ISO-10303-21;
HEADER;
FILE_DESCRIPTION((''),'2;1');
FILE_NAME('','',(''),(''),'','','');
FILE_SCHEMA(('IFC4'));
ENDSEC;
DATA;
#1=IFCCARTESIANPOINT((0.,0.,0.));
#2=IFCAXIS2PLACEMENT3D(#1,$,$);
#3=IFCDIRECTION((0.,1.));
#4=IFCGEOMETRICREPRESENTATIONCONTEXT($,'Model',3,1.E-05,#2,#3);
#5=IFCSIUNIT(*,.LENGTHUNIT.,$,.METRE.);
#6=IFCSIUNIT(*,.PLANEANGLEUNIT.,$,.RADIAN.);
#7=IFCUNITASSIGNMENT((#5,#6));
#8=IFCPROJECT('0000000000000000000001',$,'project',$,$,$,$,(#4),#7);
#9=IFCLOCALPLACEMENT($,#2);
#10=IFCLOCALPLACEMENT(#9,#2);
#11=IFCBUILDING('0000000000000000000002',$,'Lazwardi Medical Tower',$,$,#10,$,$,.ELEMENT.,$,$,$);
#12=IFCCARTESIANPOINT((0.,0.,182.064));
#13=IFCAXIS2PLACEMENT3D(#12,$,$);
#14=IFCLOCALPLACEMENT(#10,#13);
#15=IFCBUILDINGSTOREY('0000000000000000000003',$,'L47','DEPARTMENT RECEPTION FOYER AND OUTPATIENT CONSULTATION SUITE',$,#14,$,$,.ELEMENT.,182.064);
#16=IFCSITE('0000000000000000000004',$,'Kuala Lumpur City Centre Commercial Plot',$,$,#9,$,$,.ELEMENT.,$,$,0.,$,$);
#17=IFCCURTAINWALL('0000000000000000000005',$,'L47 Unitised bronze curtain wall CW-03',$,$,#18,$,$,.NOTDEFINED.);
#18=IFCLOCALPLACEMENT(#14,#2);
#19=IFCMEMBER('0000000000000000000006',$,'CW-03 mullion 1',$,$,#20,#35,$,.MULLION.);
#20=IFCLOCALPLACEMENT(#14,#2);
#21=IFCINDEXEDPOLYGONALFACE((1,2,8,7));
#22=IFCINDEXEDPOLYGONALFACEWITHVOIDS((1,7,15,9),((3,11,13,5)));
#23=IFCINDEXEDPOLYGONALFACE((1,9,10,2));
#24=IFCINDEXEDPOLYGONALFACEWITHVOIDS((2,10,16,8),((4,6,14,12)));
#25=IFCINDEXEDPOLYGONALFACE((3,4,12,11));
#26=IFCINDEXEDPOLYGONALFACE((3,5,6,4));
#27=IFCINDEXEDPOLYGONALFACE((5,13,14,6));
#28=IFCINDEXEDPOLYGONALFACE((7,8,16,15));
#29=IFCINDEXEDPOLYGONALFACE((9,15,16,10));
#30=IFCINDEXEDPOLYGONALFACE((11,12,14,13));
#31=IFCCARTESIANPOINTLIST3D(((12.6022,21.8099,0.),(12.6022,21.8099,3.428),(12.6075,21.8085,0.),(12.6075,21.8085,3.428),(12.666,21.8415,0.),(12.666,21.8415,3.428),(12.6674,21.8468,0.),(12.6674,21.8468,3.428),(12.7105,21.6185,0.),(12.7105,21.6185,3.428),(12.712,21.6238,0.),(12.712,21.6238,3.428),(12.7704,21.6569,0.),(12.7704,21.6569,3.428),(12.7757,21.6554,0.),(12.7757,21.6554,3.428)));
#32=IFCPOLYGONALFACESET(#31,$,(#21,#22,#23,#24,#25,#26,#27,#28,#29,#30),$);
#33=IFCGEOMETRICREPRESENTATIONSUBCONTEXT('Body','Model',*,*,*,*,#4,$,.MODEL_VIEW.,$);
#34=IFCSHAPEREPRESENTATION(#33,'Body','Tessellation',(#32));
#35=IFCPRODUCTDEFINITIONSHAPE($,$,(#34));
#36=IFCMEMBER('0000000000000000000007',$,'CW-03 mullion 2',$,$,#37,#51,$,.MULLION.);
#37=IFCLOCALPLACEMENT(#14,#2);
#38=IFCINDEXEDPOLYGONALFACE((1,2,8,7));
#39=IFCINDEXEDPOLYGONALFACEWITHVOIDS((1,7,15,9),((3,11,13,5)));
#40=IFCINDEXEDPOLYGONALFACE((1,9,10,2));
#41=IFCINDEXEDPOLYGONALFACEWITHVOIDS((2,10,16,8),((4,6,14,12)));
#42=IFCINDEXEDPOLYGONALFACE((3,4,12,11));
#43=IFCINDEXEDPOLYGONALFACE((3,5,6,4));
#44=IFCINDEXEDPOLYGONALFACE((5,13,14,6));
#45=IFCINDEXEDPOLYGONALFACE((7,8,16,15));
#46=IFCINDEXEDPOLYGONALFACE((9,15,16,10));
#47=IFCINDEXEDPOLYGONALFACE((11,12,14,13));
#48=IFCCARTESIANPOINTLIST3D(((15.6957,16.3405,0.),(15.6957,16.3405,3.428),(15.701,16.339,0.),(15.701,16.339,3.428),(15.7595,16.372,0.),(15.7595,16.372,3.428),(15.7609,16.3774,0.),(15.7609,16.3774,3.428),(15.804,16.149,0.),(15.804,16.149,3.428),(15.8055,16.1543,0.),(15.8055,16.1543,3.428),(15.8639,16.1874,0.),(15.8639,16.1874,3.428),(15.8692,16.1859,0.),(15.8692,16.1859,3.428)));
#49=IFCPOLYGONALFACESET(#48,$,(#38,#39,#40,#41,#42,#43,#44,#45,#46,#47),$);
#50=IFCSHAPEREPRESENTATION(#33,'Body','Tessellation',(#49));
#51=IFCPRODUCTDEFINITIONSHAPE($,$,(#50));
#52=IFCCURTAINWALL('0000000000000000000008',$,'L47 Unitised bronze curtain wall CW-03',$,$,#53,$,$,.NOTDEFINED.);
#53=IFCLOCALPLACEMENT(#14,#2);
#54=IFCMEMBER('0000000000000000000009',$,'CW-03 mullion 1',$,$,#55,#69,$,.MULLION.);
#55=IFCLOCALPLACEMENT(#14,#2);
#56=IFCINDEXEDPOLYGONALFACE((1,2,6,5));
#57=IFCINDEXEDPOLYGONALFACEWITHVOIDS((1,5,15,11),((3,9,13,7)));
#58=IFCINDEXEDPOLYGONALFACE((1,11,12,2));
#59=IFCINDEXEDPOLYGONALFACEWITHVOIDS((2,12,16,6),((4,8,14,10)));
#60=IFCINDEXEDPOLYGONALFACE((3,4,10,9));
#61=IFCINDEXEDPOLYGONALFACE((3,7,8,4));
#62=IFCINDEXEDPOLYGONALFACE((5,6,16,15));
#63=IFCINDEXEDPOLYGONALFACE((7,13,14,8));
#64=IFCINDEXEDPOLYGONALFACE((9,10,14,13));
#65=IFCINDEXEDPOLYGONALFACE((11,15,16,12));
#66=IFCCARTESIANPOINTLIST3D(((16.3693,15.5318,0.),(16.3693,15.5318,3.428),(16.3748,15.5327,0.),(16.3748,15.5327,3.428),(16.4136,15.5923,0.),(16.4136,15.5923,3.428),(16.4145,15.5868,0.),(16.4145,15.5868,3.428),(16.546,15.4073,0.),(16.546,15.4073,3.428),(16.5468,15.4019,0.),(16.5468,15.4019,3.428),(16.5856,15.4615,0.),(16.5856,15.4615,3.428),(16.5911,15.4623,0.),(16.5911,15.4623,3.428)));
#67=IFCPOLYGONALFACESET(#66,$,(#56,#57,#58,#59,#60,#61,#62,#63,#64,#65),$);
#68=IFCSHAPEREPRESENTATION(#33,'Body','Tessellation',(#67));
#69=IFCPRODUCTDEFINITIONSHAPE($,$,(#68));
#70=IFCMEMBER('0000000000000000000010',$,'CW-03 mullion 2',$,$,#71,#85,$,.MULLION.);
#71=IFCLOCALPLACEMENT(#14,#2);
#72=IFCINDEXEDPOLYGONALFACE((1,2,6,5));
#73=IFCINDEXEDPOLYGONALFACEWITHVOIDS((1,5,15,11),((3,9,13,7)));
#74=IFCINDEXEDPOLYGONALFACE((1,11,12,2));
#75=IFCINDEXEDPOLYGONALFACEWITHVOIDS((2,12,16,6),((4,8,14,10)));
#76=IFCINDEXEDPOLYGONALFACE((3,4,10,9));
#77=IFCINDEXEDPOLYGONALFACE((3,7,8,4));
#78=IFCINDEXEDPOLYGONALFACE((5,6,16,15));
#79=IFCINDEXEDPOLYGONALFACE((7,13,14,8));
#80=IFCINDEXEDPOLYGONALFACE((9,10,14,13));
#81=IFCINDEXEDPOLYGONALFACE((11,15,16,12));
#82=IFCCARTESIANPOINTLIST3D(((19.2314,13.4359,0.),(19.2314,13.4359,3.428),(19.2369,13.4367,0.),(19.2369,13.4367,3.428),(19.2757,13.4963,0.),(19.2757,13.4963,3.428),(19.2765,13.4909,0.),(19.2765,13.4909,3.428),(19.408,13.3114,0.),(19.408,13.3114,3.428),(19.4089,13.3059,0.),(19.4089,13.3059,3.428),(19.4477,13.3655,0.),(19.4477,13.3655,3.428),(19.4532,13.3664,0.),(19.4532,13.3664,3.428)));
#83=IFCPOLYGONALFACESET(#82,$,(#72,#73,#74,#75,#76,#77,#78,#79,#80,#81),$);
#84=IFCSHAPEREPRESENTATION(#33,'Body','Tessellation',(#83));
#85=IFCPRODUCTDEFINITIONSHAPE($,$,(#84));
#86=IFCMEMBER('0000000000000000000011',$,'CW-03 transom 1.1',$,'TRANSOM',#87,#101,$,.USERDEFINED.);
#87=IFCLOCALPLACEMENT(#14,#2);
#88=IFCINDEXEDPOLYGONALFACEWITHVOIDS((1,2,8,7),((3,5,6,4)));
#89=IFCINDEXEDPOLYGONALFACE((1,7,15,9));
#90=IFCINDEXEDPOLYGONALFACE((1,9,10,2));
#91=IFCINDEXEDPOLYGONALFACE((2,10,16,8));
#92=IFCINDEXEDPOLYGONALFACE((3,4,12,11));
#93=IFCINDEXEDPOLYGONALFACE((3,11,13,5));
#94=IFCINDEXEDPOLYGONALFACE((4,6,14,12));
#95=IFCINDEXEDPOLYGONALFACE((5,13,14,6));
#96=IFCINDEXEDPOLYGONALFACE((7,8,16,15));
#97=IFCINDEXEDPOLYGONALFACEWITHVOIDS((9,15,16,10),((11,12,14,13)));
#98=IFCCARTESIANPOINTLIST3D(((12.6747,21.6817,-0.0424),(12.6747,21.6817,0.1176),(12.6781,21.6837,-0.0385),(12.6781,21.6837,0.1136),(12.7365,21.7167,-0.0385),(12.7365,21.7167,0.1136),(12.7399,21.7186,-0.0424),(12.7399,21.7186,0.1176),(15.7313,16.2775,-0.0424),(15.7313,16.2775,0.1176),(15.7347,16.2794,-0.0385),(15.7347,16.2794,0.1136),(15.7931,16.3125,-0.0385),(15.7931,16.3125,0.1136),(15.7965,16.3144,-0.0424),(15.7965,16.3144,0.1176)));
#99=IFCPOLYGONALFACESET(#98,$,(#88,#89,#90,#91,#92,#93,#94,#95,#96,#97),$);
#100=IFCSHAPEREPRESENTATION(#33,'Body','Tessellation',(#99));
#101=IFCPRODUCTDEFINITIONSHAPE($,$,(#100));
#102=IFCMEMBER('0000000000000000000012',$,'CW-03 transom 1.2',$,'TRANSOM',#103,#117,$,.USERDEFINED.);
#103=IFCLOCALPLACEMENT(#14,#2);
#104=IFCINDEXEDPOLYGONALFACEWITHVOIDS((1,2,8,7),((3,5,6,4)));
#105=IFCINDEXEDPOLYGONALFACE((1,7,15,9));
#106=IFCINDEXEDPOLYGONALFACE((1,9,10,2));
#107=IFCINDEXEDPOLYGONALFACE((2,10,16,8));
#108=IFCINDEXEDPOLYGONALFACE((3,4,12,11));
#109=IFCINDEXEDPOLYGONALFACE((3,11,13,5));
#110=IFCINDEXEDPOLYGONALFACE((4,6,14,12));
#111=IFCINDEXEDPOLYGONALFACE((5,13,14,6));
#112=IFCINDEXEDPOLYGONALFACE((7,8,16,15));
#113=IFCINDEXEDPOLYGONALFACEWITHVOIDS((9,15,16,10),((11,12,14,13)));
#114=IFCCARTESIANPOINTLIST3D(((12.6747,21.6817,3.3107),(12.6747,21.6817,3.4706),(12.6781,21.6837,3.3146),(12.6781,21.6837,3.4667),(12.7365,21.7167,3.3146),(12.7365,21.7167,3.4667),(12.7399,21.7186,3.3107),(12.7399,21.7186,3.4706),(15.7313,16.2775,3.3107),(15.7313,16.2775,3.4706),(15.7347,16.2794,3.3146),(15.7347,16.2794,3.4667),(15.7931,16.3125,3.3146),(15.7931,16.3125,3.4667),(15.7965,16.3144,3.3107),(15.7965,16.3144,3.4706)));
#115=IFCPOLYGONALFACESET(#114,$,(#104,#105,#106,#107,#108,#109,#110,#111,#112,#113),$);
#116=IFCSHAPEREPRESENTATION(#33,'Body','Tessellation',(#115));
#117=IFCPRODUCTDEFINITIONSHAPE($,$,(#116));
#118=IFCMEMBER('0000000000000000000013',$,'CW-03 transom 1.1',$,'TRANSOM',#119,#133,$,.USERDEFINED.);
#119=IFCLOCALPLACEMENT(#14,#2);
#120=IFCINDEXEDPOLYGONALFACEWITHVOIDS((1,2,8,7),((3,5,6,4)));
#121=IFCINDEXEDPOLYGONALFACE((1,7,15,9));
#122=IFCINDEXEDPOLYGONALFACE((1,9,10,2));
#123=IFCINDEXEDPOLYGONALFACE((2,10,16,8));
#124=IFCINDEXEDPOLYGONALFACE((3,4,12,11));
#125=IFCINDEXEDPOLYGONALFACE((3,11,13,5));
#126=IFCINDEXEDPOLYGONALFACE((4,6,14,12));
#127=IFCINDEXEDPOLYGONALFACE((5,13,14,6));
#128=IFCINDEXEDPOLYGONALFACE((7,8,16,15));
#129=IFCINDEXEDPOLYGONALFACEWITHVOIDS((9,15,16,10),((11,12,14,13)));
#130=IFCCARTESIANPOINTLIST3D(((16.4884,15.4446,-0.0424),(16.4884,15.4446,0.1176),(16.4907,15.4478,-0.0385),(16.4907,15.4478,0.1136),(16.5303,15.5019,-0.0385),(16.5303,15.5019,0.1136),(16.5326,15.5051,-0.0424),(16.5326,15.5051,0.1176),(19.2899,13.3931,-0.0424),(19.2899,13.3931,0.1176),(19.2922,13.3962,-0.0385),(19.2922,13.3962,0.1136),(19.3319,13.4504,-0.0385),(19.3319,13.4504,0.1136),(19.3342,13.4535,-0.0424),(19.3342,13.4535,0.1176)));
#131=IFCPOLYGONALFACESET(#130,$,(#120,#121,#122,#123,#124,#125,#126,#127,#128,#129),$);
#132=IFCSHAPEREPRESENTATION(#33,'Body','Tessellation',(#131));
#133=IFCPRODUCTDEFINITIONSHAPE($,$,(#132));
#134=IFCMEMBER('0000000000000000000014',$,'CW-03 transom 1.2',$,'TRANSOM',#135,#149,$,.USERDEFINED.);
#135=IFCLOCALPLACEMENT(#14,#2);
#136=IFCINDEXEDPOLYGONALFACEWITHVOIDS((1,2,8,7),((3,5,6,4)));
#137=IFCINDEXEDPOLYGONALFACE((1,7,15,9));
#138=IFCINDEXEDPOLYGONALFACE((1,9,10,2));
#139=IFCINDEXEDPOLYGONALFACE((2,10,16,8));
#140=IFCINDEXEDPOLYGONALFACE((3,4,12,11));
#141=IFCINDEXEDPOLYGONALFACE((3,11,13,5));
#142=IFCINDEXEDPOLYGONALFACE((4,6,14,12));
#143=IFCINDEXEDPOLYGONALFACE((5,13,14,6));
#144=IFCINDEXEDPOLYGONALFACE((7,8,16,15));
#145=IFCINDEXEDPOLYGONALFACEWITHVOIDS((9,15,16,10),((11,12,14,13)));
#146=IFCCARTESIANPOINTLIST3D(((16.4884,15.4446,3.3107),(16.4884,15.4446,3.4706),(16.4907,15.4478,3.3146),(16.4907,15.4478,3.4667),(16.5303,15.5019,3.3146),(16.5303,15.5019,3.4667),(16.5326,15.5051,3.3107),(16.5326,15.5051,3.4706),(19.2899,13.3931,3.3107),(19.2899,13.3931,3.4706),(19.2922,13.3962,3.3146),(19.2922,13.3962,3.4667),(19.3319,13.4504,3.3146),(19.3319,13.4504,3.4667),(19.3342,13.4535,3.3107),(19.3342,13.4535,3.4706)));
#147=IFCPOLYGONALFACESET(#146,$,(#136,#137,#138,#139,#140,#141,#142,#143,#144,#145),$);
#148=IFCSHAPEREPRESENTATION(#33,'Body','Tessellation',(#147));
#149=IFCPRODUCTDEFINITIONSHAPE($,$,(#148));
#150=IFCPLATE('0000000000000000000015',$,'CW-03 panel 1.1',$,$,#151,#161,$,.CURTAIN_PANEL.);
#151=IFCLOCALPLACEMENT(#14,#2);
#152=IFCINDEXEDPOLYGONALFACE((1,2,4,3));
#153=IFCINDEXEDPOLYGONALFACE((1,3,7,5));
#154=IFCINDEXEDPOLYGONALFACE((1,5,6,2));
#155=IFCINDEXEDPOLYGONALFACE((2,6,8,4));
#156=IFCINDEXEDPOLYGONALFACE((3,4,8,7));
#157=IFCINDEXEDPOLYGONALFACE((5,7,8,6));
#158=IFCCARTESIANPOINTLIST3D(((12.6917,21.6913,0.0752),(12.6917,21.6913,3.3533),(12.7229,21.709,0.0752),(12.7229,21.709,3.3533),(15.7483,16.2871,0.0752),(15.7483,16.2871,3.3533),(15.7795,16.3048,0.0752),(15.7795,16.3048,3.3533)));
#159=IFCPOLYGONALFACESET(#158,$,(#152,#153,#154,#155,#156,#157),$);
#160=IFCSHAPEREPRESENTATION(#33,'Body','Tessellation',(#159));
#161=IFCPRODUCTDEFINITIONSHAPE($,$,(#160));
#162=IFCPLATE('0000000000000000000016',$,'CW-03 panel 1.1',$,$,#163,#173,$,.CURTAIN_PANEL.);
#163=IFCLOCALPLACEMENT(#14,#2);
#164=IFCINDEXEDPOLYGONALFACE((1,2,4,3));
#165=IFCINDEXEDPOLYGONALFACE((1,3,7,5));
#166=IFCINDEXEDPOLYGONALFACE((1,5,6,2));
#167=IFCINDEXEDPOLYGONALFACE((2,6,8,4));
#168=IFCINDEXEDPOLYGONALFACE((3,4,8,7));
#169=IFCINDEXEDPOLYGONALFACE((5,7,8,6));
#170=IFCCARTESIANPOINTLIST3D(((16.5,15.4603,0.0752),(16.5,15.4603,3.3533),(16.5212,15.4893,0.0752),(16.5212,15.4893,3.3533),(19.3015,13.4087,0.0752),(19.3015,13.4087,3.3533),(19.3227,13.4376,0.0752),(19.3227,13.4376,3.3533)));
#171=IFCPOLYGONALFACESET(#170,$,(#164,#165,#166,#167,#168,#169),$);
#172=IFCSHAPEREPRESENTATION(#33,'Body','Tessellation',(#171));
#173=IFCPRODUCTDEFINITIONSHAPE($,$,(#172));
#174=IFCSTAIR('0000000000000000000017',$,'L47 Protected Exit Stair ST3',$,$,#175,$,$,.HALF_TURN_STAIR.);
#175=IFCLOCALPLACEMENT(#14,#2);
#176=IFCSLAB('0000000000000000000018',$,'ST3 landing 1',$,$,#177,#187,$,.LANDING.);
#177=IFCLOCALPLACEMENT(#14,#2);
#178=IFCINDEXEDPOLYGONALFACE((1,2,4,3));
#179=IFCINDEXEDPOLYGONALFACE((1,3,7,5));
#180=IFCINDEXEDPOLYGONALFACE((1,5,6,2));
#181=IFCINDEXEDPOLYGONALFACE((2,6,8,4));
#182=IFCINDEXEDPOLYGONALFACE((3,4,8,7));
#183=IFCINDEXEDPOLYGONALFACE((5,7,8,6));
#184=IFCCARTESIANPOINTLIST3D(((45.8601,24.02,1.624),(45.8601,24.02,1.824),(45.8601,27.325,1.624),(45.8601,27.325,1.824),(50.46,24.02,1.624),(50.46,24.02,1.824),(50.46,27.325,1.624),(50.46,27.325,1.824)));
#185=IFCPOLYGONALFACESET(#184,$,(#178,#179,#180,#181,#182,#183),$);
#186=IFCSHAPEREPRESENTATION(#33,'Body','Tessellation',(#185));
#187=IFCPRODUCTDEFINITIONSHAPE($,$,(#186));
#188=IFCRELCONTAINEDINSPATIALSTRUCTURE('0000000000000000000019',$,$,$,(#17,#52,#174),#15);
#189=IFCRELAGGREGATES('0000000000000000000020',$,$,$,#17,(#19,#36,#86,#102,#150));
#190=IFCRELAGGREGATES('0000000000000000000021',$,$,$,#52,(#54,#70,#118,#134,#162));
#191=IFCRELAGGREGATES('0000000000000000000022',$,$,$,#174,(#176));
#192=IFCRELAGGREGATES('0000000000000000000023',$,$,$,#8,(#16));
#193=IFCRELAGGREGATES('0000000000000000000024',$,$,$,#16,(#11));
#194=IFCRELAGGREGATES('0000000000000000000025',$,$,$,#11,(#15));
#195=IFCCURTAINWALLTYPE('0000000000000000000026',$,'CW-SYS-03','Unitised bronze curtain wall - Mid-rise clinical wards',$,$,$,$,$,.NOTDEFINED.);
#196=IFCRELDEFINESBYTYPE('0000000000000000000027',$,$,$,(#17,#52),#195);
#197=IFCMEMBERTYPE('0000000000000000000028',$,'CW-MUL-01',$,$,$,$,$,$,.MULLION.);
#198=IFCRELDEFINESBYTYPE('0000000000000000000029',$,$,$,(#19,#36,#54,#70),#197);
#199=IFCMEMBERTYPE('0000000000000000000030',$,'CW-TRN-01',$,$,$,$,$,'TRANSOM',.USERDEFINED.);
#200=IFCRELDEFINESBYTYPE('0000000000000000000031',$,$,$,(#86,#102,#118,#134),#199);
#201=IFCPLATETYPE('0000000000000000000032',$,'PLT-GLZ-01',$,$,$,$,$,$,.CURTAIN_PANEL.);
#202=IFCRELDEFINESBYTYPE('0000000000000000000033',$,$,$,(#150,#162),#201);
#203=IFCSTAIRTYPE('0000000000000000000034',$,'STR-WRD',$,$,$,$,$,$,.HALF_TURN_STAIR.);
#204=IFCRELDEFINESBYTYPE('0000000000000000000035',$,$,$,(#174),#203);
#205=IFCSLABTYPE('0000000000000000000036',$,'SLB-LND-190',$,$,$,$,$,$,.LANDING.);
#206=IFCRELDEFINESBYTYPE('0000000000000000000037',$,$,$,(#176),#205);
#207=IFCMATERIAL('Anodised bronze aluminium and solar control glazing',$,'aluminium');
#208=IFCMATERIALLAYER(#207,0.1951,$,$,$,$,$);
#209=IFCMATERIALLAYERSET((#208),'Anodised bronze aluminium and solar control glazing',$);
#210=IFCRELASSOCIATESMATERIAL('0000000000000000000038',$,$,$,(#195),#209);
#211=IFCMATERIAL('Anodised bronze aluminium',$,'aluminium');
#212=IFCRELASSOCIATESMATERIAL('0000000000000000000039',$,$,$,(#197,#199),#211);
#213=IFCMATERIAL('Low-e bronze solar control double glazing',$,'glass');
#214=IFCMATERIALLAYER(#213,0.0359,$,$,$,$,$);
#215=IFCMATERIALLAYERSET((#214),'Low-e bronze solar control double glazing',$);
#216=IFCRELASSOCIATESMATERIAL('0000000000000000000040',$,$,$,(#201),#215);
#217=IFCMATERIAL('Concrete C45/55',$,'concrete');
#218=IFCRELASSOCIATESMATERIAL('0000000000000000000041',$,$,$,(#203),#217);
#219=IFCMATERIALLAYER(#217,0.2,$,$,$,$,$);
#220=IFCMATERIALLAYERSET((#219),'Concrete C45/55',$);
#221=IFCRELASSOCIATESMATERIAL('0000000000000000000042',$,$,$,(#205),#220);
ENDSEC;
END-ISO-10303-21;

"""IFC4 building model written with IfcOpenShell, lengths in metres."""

from ifc_helpers import new_model, si_unit, direction, frame, origin, origin_2d, place, context, subcontext, project, spatial, polyline, rectangle, hollow_rectangle, outline, extrude, material, layer, layer_set, material_profile, profile_set, type_object, element, aggregate, save


model = new_model("IFC4")

# Units and contexts
model_context = context("Model", 3, precision=1e-05, world=origin(), true_north=direction((0.0, 1.0)))
body_context = subcontext(model_context, "Body", "Model", "MODEL_VIEW")
ifc_project = project(units=[si_unit("LENGTHUNIT", "METRE"), si_unit("PLANEANGLEUNIT", "RADIAN")], contexts=[model_context])

# Site, building, storey
site_placement = place(None, origin())
site = spatial("IfcSite", under=ifc_project, at=site_placement, Name="Kuala Lumpur City Centre Commercial Plot", CompositionType="ELEMENT", RefElevation=0.0)
building_placement = place(site_placement, origin())
building = spatial("IfcBuilding", under=site, at=building_placement, Name="Lazwardi Medical Tower", CompositionType="ELEMENT")
storey_placement = place(building_placement, frame((0.0, 0.0, 182.064)))
storey = spatial("IfcBuildingStorey", under=building, at=storey_placement, Name="L47", Description="DEPARTMENT RECEPTION FOYER AND OUTPATIENT CONSULTATION SUITE", CompositionType="ELEMENT", Elevation=182.064)

# Curtain walls, members
ifc_material_1 = material(Name="Anodised bronze aluminium and solar control glazing", Category="aluminium")
ifc_layer_1 = layer(ifc_material_1, 0.1951)
ifc_layer_set_1 = layer_set([ifc_layer_1], Name="Anodised bronze aluminium and solar control glazing")
curtain_wall_type = type_object("IfcCurtainWallType", Name="CW-SYS-03", Description="Unitised bronze curtain wall - Mid-rise clinical wards", PredefinedType="NOTDEFINED", material=ifc_layer_set_1)
curtain_wall_1_placement = place(storey_placement, origin())
curtain_wall_1 = element("IfcCurtainWall", 1, at=curtain_wall_1_placement, inside=storey, type_object=curtain_wall_type, Name="L47 Unitised bronze curtain wall CW-03", PredefinedType="NOTDEFINED")
ifc_material_2 = material(Name="Anodised bronze aluminium", Category="aluminium")
ifc_material_profile_1 = material_profile(ifc_material_2, hollow_rectangle(XDim=0.075, YDim=0.22, WallThickness=0.0039, at=origin_2d()), Name="ALU-MULLION 220x75x4")
ifc_profile_set_1 = profile_set([ifc_material_profile_1], Name="Anodised bronze aluminium")
member_type_1 = type_object("IfcMemberType", Name="CW-MUL-01", PredefinedType="MULLION", material=ifc_profile_set_1)
member_1_placement = place(storey_placement, frame((12.689, 21.7327, 0.0), z_axis=(0.0, 0.0, 1.0), x_axis=(0.870419, 0.492312, 0.0)))
member_1 = element("IfcMember", 2, at=member_1_placement, type_object=member_type_1, Name="CW-03 mullion 1", PredefinedType="MULLION", context=body_context, shape_type="SweptSolid", body=[
    extrude(hollow_rectangle(XDim=0.075, YDim=0.22, WallThickness=0.0039, at=origin_2d()), origin(), (0.0, 0.0, 1.0), 3.428),
])
member_2_placement = place(storey_placement, frame((15.7825, 16.2632, 0.0), z_axis=(0.0, 0.0, 1.0), x_axis=(0.870419, 0.492312, 0.0)))
member_2 = element("IfcMember", 3, at=member_2_placement, type_object=member_type_1, Name="CW-03 mullion 2", PredefinedType="MULLION", context=body_context, shape_type="SweptSolid", body=[
    extrude(hollow_rectangle(XDim=0.075, YDim=0.22, WallThickness=0.0039, at=origin_2d()), origin(), (0.0, 0.0, 1.0), 3.428),
])
curtain_wall_2_placement = place(storey_placement, origin())
curtain_wall_2 = element("IfcCurtainWall", 4, at=curtain_wall_2_placement, inside=storey, type_object=curtain_wall_type, Name="L47 Unitised bronze curtain wall CW-03", PredefinedType="NOTDEFINED")
member_3_placement = place(storey_placement, frame((16.4802, 15.4971, 0.0), z_axis=(0.0, 0.0, 1.0), x_axis=(0.590834, 0.806793, 0.0)))
member_3 = element("IfcMember", 5, at=member_3_placement, type_object=member_type_1, Name="CW-03 mullion 1", PredefinedType="MULLION", context=body_context, shape_type="SweptSolid", body=[
    extrude(hollow_rectangle(XDim=0.075, YDim=0.22, WallThickness=0.0039, at=origin_2d()), origin(), (0.0, 0.0, 1.0), 3.428),
])
member_4_placement = place(storey_placement, frame((19.3423, 13.4011, 0.0), z_axis=(0.0, 0.0, 1.0), x_axis=(0.590834, 0.806793, 0.0)))
member_4 = element("IfcMember", 6, at=member_4_placement, type_object=member_type_1, Name="CW-03 mullion 2", PredefinedType="MULLION", context=body_context, shape_type="SweptSolid", body=[
    extrude(hollow_rectangle(XDim=0.075, YDim=0.22, WallThickness=0.0039, at=origin_2d()), origin(), (0.0, 0.0, 1.0), 3.428),
])

# Members
ifc_material_profile_2 = material_profile(ifc_material_2, hollow_rectangle(XDim=0.075, YDim=0.1599, WallThickness=0.0039, at=origin_2d()), Name="ALU-TRANSOM 160x75x4")
ifc_profile_set_2 = profile_set([ifc_material_profile_2], Name="Anodised bronze aluminium")
member_type_2 = type_object("IfcMemberType", Name="CW-TRN-01", ElementType="TRANSOM", PredefinedType="USERDEFINED", material=ifc_profile_set_2)
member_5_placement = place(storey_placement, frame((12.7073, 21.7002, 0.0376), z_axis=(0.492306, -0.870422, 0.0), x_axis=(0.870422, 0.492306, 0.0)))
member_5 = element("IfcMember", 7, at=member_5_placement, type_object=member_type_2, Name="CW-03 transom 1.1", ObjectType="TRANSOM", PredefinedType="USERDEFINED", context=body_context, shape_type="SweptSolid", body=[
    extrude(hollow_rectangle(XDim=0.075, YDim=0.1599, WallThickness=0.0039, at=origin_2d()), origin(), (0.0, 0.0, 1.0), 6.2087),
])
member_6_placement = place(storey_placement, frame((12.7073, 21.7002, 3.3906), z_axis=(0.492306, -0.870422, 0.0), x_axis=(0.870422, 0.492306, 0.0)))
member_6 = element("IfcMember", 8, at=member_6_placement, type_object=member_type_2, Name="CW-03 transom 1.2", ObjectType="TRANSOM", PredefinedType="USERDEFINED", context=body_context, shape_type="SweptSolid", body=[
    extrude(hollow_rectangle(XDim=0.075, YDim=0.1599, WallThickness=0.0039, at=origin_2d()), origin(), (0.0, 0.0, 1.0), 6.2087),
])
member_7_placement = place(storey_placement, frame((16.5105, 15.4749, 0.0376), z_axis=(0.806807, -0.590815, 0.0), x_axis=(0.590815, 0.806807, 0.0)))
member_7 = element("IfcMember", 9, at=member_7_placement, type_object=member_type_2, Name="CW-03 transom 1.1", ObjectType="TRANSOM", PredefinedType="USERDEFINED", context=body_context, shape_type="SweptSolid", body=[
    extrude(hollow_rectangle(XDim=0.075, YDim=0.1599, WallThickness=0.0039, at=origin_2d()), origin(), (0.0, 0.0, 1.0), 3.4724),
])
member_8_placement = place(storey_placement, frame((16.5105, 15.4749, 3.3906), z_axis=(0.806807, -0.590815, 0.0), x_axis=(0.590815, 0.806807, 0.0)))
member_8 = element("IfcMember", 10, at=member_8_placement, type_object=member_type_2, Name="CW-03 transom 1.2", ObjectType="TRANSOM", PredefinedType="USERDEFINED", context=body_context, shape_type="SweptSolid", body=[
    extrude(hollow_rectangle(XDim=0.075, YDim=0.1599, WallThickness=0.0039, at=origin_2d()), origin(), (0.0, 0.0, 1.0), 3.4724),
])

# Plates
ifc_material_3 = material(Name="Low-e bronze solar control double glazing", Category="glass")
ifc_layer_2 = layer(ifc_material_3, 0.0359)
ifc_layer_set_2 = layer_set([ifc_layer_2], Name="Low-e bronze solar control double glazing")
plate_type = type_object("IfcPlateType", Name="PLT-GLZ-01", PredefinedType="CURTAIN_PANEL", material=ifc_layer_set_2)
plate_1_placement = place(storey_placement, frame((14.2356, 18.998, 0.0752), z_axis=(0.0, 0.0, 1.0), x_axis=(0.492312, -0.870419, 0.0)))
plate_1 = element("IfcPlate", 11, at=plate_1_placement, type_object=plate_type, Name="CW-03 panel 1.1", PredefinedType="CURTAIN_PANEL", context=body_context, shape_type="SweptSolid", body=[
    extrude(rectangle(XDim=6.2087, YDim=0.0359, at=origin_2d()), origin(), (0.0, 0.0, 1.0), 3.2781),
])
aggregate(curtain_wall_1, [member_1, member_2, member_5, member_6, plate_1])
plate_2_placement = place(storey_placement, frame((17.9114, 14.449, 0.0752), z_axis=(0.0, 0.0, 1.0), x_axis=(0.806793, -0.590834, 0.0)))
plate_2 = element("IfcPlate", 12, at=plate_2_placement, type_object=plate_type, Name="CW-03 panel 1.1", PredefinedType="CURTAIN_PANEL", context=body_context, shape_type="SweptSolid", body=[
    extrude(rectangle(XDim=3.4724, YDim=0.0359, at=origin_2d()), origin(), (0.0, 0.0, 1.0), 3.2781),
])
aggregate(curtain_wall_2, [member_3, member_4, member_7, member_8, plate_2])

# Stair, slab
ifc_material_4 = material(Name="Concrete C45/55", Category="concrete")
stair_type = type_object("IfcStairType", Name="STR-WRD", PredefinedType="HALF_TURN_STAIR", material=ifc_material_4)
stair_placement = place(storey_placement, origin())
stair = element("IfcStair", 13, at=stair_placement, inside=storey, type_object=stair_type, Name="L47 Protected Exit Stair ST3", PredefinedType="HALF_TURN_STAIR")
ifc_layer_3 = layer(ifc_material_4, 0.2)
ifc_layer_set_3 = layer_set([ifc_layer_3], Name="Concrete C45/55")
slab_type = type_object("IfcSlabType", Name="SLB-LND-190", PredefinedType="LANDING", material=ifc_layer_set_3)
slab_placement = place(storey_placement, frame((0.0, 0.0, 1.624)))
slab = element("IfcSlab", 14, at=slab_placement, type_object=slab_type, Name="ST3 landing 1", PredefinedType="LANDING", context=body_context, shape_type="SweptSolid", body=[
    extrude(outline(polyline([(45.8601, 27.325), (45.8601, 24.02), (50.46, 24.02), (50.46, 27.325), (45.8601, 27.325)])), origin(), (0.0, 0.0, 1.0), 0.2),
])
aggregate(stair, [slab])

save(model, "model.ifc")
